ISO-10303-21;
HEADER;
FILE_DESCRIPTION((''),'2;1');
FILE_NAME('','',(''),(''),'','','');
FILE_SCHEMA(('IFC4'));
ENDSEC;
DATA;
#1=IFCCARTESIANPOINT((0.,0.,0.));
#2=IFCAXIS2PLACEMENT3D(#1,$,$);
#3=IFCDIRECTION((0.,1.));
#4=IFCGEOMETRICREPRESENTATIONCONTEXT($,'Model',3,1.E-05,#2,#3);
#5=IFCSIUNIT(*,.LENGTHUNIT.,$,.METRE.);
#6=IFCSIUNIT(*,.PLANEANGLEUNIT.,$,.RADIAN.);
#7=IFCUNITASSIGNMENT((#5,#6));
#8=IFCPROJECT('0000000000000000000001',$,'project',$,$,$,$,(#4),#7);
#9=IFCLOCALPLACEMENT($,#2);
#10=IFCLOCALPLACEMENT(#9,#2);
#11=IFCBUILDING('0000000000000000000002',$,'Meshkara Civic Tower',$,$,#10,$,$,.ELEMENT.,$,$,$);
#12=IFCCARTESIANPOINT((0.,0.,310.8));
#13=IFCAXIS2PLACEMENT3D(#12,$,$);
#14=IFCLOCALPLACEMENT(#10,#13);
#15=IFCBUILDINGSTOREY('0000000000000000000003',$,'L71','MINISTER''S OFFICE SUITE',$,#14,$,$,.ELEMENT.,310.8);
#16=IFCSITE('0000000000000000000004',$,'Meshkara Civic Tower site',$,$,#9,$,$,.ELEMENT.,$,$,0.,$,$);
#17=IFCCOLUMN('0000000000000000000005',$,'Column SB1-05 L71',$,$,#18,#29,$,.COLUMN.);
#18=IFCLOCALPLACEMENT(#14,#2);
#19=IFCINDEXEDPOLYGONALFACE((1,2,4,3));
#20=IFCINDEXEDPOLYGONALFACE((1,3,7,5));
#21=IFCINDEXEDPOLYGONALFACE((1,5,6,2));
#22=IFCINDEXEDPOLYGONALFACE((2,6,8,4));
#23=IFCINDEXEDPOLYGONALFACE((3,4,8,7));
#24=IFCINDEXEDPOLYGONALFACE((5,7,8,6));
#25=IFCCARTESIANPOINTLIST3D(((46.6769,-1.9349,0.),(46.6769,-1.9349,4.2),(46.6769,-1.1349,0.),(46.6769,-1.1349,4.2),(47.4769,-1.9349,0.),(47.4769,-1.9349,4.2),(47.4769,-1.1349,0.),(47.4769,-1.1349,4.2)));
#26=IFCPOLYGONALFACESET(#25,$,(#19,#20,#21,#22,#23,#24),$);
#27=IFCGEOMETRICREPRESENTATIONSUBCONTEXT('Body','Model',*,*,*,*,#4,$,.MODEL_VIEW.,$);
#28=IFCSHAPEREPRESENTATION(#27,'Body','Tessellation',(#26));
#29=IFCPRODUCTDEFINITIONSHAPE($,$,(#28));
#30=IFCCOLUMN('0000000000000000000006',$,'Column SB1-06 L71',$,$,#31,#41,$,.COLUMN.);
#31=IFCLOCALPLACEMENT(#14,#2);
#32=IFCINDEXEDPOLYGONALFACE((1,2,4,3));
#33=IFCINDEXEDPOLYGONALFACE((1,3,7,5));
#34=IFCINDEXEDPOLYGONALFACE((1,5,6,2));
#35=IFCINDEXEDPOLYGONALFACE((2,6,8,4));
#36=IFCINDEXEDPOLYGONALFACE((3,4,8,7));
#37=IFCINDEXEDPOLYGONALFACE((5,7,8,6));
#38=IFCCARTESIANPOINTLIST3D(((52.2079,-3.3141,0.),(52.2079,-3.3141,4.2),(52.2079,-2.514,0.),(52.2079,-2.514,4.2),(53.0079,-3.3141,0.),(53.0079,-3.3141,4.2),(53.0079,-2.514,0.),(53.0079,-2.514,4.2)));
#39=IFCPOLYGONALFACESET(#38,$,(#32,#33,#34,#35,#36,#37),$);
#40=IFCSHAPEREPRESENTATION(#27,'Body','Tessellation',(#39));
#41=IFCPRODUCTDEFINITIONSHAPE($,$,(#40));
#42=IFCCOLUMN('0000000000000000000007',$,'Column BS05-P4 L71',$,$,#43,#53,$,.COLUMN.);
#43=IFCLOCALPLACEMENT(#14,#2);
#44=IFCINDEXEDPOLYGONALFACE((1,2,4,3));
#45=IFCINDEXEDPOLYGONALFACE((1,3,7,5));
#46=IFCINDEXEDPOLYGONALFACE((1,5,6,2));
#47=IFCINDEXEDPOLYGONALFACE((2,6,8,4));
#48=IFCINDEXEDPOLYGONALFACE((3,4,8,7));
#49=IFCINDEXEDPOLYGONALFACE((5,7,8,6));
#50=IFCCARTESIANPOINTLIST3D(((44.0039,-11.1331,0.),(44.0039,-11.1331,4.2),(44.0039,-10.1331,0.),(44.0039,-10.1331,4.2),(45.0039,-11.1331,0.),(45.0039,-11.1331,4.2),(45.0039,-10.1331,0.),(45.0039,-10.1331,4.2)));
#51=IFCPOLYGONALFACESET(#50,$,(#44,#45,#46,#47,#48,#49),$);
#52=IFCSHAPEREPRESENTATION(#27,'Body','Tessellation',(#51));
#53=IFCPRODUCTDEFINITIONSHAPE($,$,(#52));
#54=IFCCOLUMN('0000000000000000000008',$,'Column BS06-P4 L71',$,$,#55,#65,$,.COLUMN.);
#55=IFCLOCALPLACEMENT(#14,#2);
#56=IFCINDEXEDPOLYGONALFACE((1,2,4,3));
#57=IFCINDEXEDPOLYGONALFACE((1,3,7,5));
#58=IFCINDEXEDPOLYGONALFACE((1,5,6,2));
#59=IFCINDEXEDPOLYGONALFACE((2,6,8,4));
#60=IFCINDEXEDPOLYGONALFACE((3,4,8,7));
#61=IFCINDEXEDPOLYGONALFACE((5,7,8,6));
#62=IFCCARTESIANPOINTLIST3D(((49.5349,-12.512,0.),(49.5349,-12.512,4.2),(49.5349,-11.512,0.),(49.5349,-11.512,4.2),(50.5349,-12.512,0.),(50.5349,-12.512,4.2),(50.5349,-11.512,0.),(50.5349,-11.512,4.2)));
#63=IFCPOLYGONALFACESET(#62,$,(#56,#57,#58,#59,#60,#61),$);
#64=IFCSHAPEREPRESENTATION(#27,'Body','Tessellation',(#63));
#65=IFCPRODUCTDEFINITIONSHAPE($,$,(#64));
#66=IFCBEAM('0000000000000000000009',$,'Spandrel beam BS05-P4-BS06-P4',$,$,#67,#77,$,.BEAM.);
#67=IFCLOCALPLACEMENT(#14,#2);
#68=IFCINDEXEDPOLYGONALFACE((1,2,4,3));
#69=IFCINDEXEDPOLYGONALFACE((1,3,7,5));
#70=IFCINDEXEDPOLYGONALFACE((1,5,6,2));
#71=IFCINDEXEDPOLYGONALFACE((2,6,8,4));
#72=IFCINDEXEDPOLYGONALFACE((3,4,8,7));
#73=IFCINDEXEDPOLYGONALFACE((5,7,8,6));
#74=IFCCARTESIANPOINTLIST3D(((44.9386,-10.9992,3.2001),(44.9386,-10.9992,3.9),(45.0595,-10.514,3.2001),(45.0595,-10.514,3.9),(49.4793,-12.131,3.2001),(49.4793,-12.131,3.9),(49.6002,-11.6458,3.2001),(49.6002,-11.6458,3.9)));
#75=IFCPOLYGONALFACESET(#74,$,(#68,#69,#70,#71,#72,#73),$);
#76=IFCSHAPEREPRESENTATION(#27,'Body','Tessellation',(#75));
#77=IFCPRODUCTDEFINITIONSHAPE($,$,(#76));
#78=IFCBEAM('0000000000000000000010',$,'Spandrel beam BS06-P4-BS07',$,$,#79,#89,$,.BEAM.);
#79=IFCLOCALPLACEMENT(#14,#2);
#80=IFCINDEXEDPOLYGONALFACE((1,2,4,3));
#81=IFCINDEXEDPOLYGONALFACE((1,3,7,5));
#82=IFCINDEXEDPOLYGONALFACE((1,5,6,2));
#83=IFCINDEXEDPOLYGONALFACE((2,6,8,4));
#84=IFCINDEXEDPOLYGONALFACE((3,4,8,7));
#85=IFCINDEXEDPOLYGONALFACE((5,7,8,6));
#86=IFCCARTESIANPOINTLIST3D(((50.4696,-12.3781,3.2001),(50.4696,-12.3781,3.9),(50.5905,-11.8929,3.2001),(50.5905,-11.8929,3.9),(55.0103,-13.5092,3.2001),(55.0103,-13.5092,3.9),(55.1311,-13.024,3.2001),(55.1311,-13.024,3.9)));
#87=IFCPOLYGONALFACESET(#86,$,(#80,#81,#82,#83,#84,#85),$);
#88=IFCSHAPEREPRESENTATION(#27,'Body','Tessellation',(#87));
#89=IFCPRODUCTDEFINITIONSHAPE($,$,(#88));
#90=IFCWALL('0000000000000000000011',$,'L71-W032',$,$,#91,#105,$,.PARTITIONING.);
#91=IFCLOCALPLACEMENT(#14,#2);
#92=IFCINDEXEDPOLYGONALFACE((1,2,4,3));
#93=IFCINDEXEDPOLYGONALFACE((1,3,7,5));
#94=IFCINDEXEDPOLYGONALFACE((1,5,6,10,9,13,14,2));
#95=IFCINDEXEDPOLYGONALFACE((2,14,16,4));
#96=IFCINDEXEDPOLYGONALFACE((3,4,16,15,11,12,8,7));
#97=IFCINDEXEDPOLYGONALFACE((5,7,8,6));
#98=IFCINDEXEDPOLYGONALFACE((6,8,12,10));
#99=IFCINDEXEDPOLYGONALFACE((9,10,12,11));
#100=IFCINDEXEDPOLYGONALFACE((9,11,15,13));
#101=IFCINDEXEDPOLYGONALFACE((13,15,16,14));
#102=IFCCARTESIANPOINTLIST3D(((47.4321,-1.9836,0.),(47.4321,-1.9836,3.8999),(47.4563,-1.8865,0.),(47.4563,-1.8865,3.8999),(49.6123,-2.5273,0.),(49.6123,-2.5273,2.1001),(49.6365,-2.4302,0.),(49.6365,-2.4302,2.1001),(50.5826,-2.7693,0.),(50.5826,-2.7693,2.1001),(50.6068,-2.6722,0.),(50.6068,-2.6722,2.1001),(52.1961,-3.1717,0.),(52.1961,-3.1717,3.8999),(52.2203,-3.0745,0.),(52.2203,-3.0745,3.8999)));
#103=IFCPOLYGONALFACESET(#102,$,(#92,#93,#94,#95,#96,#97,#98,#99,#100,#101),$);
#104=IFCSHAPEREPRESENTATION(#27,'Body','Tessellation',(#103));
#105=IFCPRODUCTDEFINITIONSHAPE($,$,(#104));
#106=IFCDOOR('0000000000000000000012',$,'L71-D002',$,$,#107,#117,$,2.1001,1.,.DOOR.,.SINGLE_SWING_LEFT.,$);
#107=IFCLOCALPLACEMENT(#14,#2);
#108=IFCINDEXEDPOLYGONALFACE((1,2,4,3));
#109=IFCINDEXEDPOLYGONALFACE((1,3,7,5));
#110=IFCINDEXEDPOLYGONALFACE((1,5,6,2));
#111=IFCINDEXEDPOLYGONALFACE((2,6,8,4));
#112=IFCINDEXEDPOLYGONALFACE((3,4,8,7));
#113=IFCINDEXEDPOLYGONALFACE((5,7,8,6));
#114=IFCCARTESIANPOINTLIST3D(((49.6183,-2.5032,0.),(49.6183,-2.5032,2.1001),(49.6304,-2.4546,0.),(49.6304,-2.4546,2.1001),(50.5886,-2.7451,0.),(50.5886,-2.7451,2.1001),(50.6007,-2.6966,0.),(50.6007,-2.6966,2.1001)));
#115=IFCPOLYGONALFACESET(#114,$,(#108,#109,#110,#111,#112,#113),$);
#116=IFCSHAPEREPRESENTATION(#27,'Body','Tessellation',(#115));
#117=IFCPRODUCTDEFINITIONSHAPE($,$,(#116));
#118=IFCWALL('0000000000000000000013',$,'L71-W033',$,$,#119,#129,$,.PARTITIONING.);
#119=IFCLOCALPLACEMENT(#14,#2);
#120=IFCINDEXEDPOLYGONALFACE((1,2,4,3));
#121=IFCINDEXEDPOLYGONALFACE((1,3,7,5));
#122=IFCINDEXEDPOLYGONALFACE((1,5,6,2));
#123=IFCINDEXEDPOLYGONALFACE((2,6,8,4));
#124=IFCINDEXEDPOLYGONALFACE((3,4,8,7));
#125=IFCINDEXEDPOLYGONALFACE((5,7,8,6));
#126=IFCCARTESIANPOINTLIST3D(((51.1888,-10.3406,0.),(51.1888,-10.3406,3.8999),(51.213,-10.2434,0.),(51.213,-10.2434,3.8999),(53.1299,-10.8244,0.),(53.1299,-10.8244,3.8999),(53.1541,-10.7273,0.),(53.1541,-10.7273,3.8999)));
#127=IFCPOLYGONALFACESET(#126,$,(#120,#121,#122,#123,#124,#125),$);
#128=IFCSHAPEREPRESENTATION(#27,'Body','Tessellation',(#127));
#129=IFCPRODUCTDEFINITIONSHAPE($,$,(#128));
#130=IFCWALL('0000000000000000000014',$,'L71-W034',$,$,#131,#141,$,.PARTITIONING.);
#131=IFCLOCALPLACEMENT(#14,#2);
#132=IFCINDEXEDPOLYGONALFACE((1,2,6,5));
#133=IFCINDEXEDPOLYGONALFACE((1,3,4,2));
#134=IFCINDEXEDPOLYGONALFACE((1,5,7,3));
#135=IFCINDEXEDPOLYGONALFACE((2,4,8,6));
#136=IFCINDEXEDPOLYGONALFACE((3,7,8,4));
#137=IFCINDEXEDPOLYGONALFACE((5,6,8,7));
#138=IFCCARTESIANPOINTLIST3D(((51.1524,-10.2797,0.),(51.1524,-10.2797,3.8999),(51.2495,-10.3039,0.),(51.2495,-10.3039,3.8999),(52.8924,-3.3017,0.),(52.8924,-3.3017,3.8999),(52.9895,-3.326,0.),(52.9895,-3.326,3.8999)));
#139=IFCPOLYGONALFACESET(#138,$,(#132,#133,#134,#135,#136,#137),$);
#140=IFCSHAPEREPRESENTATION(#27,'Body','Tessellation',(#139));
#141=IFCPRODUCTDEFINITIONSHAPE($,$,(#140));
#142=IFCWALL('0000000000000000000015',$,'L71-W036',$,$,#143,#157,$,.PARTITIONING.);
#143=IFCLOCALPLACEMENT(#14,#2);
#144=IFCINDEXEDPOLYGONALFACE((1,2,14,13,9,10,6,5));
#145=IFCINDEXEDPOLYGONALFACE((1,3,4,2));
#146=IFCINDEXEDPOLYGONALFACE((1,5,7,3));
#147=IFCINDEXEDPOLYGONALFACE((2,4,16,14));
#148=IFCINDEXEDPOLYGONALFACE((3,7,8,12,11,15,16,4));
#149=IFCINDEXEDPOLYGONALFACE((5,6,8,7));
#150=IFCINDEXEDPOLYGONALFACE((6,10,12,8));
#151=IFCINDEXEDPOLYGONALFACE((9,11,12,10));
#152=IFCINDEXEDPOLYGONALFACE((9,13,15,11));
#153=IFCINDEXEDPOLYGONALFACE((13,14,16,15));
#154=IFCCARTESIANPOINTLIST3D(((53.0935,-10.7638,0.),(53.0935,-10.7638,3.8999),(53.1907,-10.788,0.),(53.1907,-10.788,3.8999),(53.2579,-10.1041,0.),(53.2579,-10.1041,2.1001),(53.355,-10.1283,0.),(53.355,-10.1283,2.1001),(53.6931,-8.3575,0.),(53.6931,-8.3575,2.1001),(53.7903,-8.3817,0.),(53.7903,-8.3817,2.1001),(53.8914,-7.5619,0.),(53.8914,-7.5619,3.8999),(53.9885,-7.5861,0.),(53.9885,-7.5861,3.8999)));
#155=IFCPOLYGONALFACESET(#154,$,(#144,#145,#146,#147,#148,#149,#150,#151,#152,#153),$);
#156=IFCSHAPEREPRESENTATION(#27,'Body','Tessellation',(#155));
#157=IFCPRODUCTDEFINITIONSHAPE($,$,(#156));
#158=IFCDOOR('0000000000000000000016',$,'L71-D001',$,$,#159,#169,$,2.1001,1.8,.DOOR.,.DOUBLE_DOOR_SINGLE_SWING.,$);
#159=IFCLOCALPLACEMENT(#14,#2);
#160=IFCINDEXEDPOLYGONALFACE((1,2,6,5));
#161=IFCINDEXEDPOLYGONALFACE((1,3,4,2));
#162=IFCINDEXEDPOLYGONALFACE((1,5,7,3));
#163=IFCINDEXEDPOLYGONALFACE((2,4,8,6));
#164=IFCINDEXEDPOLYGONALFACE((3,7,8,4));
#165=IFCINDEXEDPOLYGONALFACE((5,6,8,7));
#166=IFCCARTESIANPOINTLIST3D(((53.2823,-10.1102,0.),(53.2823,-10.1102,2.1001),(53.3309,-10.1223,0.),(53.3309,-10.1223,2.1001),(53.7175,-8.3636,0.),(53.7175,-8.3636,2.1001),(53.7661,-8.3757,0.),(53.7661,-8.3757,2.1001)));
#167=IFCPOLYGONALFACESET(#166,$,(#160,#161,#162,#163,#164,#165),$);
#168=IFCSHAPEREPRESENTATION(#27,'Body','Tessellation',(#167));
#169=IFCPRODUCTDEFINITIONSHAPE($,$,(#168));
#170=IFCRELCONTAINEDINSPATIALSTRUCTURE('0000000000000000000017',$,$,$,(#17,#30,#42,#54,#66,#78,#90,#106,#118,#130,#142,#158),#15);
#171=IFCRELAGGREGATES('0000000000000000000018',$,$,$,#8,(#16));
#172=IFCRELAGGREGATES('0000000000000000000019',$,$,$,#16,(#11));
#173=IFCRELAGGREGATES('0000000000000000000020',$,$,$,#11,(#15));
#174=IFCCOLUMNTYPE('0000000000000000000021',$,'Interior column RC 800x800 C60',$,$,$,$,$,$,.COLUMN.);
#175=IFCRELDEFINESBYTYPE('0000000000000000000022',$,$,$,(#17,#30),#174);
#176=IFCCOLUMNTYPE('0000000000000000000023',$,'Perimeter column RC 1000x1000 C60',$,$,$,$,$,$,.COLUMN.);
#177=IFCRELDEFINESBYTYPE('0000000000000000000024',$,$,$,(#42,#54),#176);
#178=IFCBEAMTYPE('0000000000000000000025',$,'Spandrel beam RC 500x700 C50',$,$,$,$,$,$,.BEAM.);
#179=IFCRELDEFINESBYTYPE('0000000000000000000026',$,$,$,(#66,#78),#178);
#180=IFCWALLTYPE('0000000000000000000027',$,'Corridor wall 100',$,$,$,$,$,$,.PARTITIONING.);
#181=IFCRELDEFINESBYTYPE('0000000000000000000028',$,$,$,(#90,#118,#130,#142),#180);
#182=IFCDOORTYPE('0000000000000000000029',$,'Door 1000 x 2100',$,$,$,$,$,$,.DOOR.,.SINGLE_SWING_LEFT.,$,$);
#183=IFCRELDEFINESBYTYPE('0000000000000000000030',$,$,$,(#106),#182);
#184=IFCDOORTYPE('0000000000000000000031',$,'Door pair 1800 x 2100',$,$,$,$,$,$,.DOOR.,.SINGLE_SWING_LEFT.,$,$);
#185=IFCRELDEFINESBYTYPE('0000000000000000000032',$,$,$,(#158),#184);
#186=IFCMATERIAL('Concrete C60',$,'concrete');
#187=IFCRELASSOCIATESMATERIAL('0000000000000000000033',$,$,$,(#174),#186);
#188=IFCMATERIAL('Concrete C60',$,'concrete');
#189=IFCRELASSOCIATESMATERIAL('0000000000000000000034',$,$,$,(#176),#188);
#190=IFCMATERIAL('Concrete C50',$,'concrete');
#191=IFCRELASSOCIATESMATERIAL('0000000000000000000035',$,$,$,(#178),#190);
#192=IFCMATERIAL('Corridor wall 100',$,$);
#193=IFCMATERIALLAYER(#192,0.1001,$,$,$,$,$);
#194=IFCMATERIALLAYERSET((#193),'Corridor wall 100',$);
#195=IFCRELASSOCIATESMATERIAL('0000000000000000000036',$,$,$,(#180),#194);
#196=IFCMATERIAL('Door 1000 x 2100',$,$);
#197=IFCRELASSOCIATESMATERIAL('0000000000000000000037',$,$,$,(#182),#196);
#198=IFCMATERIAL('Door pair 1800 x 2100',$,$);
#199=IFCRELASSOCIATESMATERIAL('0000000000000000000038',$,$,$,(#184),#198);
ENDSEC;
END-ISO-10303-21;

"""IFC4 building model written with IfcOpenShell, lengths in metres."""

from ifc_helpers import new_model, si_unit, direction, frame, frame_2d, origin, origin_2d, place, context, subcontext, project, spatial, rectangle, extrude, material, layer, layer_set, material_profile, profile_set, type_object, element, fill, save


model = new_model("IFC4")

# Units and contexts
model_context = context("Model", 3, precision=1e-05, world=origin(), true_north=direction((0.0, 1.0)))
body_context = subcontext(model_context, "Body", "Model", "MODEL_VIEW")
ifc_project = project(units=[si_unit("LENGTHUNIT", "METRE"), si_unit("PLANEANGLEUNIT", "RADIAN")], contexts=[model_context])

# Site, building, storey
site_placement = place(None, origin())
site = spatial("IfcSite", under=ifc_project, at=site_placement, Name="Meshkara Civic Tower site", CompositionType="ELEMENT", RefElevation=0.0)
building_placement = place(site_placement, origin())
building = spatial("IfcBuilding", under=site, at=building_placement, Name="Meshkara Civic Tower", CompositionType="ELEMENT")
storey_placement = place(building_placement, frame((0.0, 0.0, 310.8)))
storey = spatial("IfcBuildingStorey", under=building, at=storey_placement, Name="L71", Description="MINISTER'S OFFICE SUITE", CompositionType="ELEMENT", Elevation=310.8)

# Columns
ifc_material_1 = material(Name="Concrete C60", Category="concrete")
ifc_material_profile_1 = material_profile(ifc_material_1, rectangle(XDim=0.8, YDim=0.8, at=origin_2d()))
ifc_profile_set_1 = profile_set([ifc_material_profile_1], Name="Concrete C60")
column_type_1 = type_object("IfcColumnType", Name="Interior column RC 800x800 C60", PredefinedType="COLUMN", material=ifc_profile_set_1)
for number, where, z_axis, x_axis, name in (
    (1, (47.0769, -1.5349, 0.0), (0.0, 0.0, 1.0), (1.0, 0.0, 0.0), "Column SB1-05 L71"),
    (2, (52.6079, -2.9141, 0.0), (0.0, 0.0, 1.0), (1.0, 0.0, 0.0), "Column SB1-06 L71"),
):
    element("IfcColumn", number, at=place(storey_placement, frame(where, z_axis=z_axis, x_axis=x_axis)), inside=storey, type_object=column_type_1, Name=name, PredefinedType="COLUMN", context=body_context, shape_type="SweptSolid", body=[
        extrude(rectangle(XDim=0.8, YDim=0.8, at=origin_2d()), origin(), (0.0, 0.0, 1.0), 4.2),
    ])
ifc_material_2 = material(Name="Concrete C60", Category="concrete")
ifc_material_profile_2 = material_profile(ifc_material_2, rectangle(XDim=1.0, YDim=1.0, at=origin_2d()))
ifc_profile_set_2 = profile_set([ifc_material_profile_2], Name="Concrete C60")
column_type_2 = type_object("IfcColumnType", Name="Perimeter column RC 1000x1000 C60", PredefinedType="COLUMN", material=ifc_profile_set_2)
for number, where, z_axis, x_axis, name in (
    (3, (44.5039, -10.6331, 0.0), (0.0, 0.0, 1.0), (1.0, 0.0, 0.0), "Column BS05-P4 L71"),
    (4, (50.0349, -12.012, 0.0), (0.0, 0.0, 1.0), (1.0, 0.0, 0.0), "Column BS06-P4 L71"),
):
    element("IfcColumn", number, at=place(storey_placement, frame(where, z_axis=z_axis, x_axis=x_axis)), inside=storey, type_object=column_type_2, Name=name, PredefinedType="COLUMN", context=body_context, shape_type="SweptSolid", body=[
        extrude(rectangle(XDim=1.0, YDim=1.0, at=origin_2d()), origin(), (0.0, 0.0, 1.0), 4.2),
    ])

# Beams
ifc_material_3 = material(Name="Concrete C50", Category="concrete")
ifc_material_profile_3 = material_profile(ifc_material_3, rectangle(XDim=0.5, YDim=0.7, at=origin_2d()))
ifc_profile_set_3 = profile_set([ifc_material_profile_3], Name="Concrete C50")
beam_type = type_object("IfcBeamType", Name="Spandrel beam RC 500x700 C50", PredefinedType="BEAM", material=ifc_profile_set_3)
beam_1_placement = place(storey_placement, frame((44.999, -10.7566, 3.55), z_axis=(0.970311, -0.24186, 0.0), x_axis=(0.24186, 0.970311, 0.0)))
element("IfcBeam", 5, at=beam_1_placement, inside=storey, type_object=beam_type, Name="Spandrel beam BS05-P4-BS06-P4", PredefinedType="BEAM", context=body_context, shape_type="SweptSolid", body=[
    extrude(rectangle(XDim=0.5, YDim=0.7, at=origin_2d()), origin(), (0.0, 0.0, 1.0), 4.6797),
])
beam_2_placement = place(storey_placement, frame((50.53, -12.1355, 3.55), z_axis=(0.970348, -0.241713, 0.0), x_axis=(0.241713, 0.970348, 0.0)))
element("IfcBeam", 6, at=beam_2_placement, inside=storey, type_object=beam_type, Name="Spandrel beam BS06-P4-BS07", PredefinedType="BEAM", context=body_context, shape_type="SweptSolid", body=[
    extrude(rectangle(XDim=0.5, YDim=0.7, at=origin_2d()), origin(), (0.0, 0.0, 1.0), 4.6794),
])

# Wall, opening, door
ifc_material_4 = material(Name="Corridor wall 100")
ifc_layer_1 = layer(ifc_material_4, 0.1001)
ifc_layer_set_1 = layer_set([ifc_layer_1], Name="Corridor wall 100")
wall_type_1 = type_object("IfcWallType", Name="Corridor wall 100", PredefinedType="PARTITIONING", material=ifc_layer_set_1)
wall_1_placement = place(storey_placement, frame((47.4441, -1.9351, 0.0), z_axis=(0.0, 0.0, 1.0), x_axis=(0.970286, -0.241962, 0.0)))
wall_1 = element("IfcWall", 7, at=wall_1_placement, inside=storey, type_object=wall_type_1, Name="L71-W032", PredefinedType="PARTITIONING", context=body_context, shape_type="SweptSolid", body=[
    extrude(rectangle(XDim=4.9099, YDim=0.1001, at=frame_2d((2.4551, 0.0))), origin(), (0.0, 0.0, 1.0), 3.8999),
])
opening_1_placement = place(wall_1_placement, frame((2.2471, 0.0, 0.0)))
opening_1 = element("IfcOpeningElement", 8, at=opening_1_placement, cuts=wall_1, PredefinedType="OPENING", context=body_context, shape_type="SweptSolid", body=[
    extrude(rectangle(XDim=1.0, YDim=2.1001, at=frame_2d((0.5, 1.05))), frame((0.0, 0.0601, 0.0), z_axis=(0.0, -1.0, 0.0), x_axis=(1.0, 0.0, 0.0)), (0.0, 0.0, 1.0), 0.1201),
])
ifc_material_5 = material(Name="Door 1000 x 2100")
door_type_1 = type_object("IfcDoorType", Name="Door 1000 x 2100", OperationType="SINGLE_SWING_LEFT", PredefinedType="DOOR", material=ifc_material_5)
door_1_placement = place(opening_1_placement, origin())
door_1 = element("IfcDoor", 9, at=door_1_placement, inside=storey, type_object=door_type_1, Name="L71-D002", OperationType="SINGLE_SWING_LEFT", OverallHeight=2.1001, OverallWidth=1.0, PredefinedType="DOOR", context=body_context, shape_type="SweptSolid", body=[
    extrude(rectangle(XDim=1.0, YDim=2.1001, at=frame_2d((0.5, 1.05))), frame((0.0, 0.0249, 0.0), z_axis=(0.0, -1.0, 0.0), x_axis=(1.0, 0.0, 0.0)), (0.0, 0.0, 1.0), 0.05),
])
fill(opening_1, door_1)

# Walls
wall_2_placement = place(storey_placement, frame((51.2009, -10.292, 0.0), z_axis=(0.0, 0.0, 1.0), x_axis=(0.970307, -0.241875, 0.0)))
element("IfcWall", 10, at=wall_2_placement, inside=storey, type_object=wall_type_1, Name="L71-W033", PredefinedType="PARTITIONING", context=body_context, shape_type="SweptSolid", body=[
    extrude(rectangle(XDim=2.0005, YDim=0.1001, at=frame_2d((1.0002, 0.0))), origin(), (0.0, 0.0, 1.0), 3.8999),
])
wall_3_placement = place(storey_placement, frame((52.9409, -3.314, 0.0), z_axis=(0.0, 0.0, 1.0), x_axis=(-0.241944, -0.97029, 0.0)))
element("IfcWall", 11, at=wall_3_placement, inside=storey, type_object=wall_type_1, Name="L71-W034", PredefinedType="PARTITIONING", context=body_context, shape_type="SweptSolid", body=[
    extrude(rectangle(XDim=7.1917, YDim=0.1001, at=frame_2d((3.5957, 0.0))), origin(), (0.0, 0.0, 1.0), 3.8999),
])

# Wall, opening, door
wall_4_placement = place(storey_placement, frame((53.1421, -10.7759, 0.0), z_axis=(0.0, 0.0, 1.0), x_axis=(0.241787, 0.970329, 0.0)))
wall_4 = element("IfcWall", 12, at=wall_4_placement, inside=storey, type_object=wall_type_1, Name="L71-W036", PredefinedType="PARTITIONING", context=body_context, shape_type="SweptSolid", body=[
    extrude(rectangle(XDim=3.2998, YDim=0.1001, at=frame_2d((1.6499, 0.0))), origin(), (0.0, 0.0, 1.0), 3.8999),
])
opening_2_placement = place(wall_4_placement, frame((0.6799, 0.0, 0.0)))
opening_2 = element("IfcOpeningElement", 13, at=opening_2_placement, cuts=wall_4, PredefinedType="OPENING", context=body_context, shape_type="SweptSolid", body=[
    extrude(rectangle(XDim=1.8, YDim=2.1001, at=frame_2d((0.8999, 1.05))), frame((0.0, 0.0601, 0.0), z_axis=(0.0, -1.0, 0.0), x_axis=(1.0, 0.0, 0.0)), (0.0, 0.0, 1.0), 0.1201),
])
ifc_material_6 = material(Name="Door pair 1800 x 2100")
door_type_2 = type_object("IfcDoorType", Name="Door pair 1800 x 2100", OperationType="SINGLE_SWING_LEFT", PredefinedType="DOOR", material=ifc_material_6)
door_2_placement = place(opening_2_placement, origin())
door_2 = element("IfcDoor", 14, at=door_2_placement, inside=storey, type_object=door_type_2, Name="L71-D001", OperationType="DOUBLE_DOOR_SINGLE_SWING", OverallHeight=2.1001, OverallWidth=1.8, PredefinedType="DOOR", context=body_context, shape_type="SweptSolid", body=[
    extrude(rectangle(XDim=1.8, YDim=2.1001, at=frame_2d((0.8999, 1.05))), frame((0.0, 0.0249, 0.0), z_axis=(0.0, -1.0, 0.0), x_axis=(1.0, 0.0, 0.0)), (0.0, 0.0, 1.0), 0.05),
])
fill(opening_2, door_2)

save(model, "model.ifc")
